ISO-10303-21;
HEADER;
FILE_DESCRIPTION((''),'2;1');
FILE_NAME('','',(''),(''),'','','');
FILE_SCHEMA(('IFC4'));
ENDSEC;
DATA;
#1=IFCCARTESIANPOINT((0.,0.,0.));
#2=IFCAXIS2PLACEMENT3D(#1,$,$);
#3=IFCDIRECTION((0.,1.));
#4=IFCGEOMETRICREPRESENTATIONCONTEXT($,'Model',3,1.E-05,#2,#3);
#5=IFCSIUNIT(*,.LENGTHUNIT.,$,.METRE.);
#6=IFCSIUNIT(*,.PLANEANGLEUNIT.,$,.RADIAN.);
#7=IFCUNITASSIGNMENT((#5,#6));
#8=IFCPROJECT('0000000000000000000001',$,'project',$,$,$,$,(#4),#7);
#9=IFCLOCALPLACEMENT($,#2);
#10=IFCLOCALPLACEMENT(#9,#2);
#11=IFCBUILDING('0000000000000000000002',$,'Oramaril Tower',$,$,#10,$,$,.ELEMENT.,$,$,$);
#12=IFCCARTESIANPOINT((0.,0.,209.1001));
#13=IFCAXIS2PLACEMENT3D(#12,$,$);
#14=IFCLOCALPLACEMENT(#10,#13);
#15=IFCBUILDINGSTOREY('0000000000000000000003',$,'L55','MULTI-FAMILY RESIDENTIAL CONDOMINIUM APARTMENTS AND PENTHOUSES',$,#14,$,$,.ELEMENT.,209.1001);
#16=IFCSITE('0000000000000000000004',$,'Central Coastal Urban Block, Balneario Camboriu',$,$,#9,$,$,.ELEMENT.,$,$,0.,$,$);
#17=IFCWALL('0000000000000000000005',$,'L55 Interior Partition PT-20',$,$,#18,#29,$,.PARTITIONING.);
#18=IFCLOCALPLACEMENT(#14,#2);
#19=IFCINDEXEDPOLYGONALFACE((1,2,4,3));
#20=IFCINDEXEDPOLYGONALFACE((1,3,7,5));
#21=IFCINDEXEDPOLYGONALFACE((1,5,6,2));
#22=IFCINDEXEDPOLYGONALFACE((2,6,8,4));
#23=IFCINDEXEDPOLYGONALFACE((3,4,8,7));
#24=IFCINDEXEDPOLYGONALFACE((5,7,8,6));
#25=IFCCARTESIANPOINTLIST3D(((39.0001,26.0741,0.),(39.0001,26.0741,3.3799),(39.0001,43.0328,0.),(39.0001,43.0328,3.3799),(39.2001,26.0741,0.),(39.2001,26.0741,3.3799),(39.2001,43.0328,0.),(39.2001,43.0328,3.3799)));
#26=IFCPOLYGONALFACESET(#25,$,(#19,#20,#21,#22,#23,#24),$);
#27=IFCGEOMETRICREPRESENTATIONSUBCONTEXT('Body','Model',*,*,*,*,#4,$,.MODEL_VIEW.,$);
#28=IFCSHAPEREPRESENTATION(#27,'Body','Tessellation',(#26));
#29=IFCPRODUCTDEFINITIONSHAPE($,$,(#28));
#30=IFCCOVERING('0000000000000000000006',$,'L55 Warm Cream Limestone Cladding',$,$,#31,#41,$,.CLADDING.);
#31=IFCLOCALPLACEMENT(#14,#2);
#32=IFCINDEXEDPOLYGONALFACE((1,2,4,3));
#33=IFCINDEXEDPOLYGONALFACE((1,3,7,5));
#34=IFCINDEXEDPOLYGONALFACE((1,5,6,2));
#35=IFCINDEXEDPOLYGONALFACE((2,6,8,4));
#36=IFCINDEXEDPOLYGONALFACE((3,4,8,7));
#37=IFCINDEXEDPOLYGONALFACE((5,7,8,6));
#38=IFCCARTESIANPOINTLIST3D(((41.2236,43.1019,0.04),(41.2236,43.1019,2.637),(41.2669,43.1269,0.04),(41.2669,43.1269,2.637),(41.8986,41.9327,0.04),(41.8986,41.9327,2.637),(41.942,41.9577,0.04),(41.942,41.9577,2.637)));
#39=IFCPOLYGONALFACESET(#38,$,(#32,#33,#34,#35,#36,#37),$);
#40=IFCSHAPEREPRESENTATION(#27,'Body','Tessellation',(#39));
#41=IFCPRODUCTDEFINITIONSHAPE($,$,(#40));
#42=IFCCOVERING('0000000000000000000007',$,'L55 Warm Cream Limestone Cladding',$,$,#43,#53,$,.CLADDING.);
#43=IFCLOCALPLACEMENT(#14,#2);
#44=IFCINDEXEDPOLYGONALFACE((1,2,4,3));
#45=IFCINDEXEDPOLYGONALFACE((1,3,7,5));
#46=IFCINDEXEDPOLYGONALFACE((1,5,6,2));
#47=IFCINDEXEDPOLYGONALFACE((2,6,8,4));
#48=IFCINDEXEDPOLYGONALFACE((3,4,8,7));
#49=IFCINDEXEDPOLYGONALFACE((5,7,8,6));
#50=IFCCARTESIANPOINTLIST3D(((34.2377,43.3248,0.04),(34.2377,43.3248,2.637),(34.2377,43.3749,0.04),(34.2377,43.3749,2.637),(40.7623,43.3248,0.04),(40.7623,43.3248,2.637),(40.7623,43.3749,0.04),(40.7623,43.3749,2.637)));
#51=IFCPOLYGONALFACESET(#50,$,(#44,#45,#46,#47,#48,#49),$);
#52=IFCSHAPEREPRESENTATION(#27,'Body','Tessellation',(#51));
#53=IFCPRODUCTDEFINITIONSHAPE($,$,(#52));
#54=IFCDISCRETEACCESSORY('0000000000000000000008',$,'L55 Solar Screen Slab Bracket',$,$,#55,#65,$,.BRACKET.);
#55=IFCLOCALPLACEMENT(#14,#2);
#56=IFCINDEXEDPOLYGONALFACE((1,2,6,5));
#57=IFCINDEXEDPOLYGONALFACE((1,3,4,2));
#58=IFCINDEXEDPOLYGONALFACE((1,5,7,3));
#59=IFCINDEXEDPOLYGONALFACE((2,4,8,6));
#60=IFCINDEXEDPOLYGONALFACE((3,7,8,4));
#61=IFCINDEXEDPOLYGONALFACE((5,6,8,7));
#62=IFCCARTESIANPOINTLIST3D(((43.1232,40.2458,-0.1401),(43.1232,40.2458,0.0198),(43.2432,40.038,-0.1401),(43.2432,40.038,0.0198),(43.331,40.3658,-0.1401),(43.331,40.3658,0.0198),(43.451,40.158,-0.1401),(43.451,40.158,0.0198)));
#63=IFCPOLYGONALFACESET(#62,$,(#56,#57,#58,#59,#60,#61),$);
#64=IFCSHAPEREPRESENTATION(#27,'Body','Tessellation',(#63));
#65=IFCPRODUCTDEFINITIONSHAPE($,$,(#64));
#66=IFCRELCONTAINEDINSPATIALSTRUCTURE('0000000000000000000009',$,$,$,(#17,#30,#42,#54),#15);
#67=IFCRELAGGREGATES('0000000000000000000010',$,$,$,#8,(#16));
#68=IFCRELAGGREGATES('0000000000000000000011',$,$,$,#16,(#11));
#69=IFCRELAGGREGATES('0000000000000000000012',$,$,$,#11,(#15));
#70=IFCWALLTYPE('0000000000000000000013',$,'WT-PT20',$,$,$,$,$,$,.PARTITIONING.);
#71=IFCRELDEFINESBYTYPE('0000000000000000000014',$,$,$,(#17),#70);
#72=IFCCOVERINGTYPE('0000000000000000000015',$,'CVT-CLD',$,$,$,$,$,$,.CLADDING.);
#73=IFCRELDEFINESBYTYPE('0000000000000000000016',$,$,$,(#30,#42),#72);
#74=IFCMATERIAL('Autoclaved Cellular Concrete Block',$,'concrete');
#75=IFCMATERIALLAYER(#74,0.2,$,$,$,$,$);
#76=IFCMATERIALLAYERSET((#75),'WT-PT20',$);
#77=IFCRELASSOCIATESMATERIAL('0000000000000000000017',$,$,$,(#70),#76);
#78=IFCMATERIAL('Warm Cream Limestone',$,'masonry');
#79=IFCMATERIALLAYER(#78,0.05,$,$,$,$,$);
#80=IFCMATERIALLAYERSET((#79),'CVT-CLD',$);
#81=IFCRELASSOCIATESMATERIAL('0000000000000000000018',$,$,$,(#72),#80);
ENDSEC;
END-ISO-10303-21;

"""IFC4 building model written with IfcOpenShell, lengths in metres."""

from ifc_helpers import new_model, si_unit, direction, frame, frame_2d, origin, origin_2d, place, context, subcontext, project, spatial, rectangle, extrude, material, layer, layer_set, type_object, element, save


model = new_model("IFC4")

# Units and contexts
model_context = context("Model", 3, precision=1e-05, world=origin(), true_north=direction((0.0, 1.0)))
body_context = subcontext(model_context, "Body", "Model", "MODEL_VIEW")
ifc_project = project(units=[si_unit("LENGTHUNIT", "METRE"), si_unit("PLANEANGLEUNIT", "RADIAN")], contexts=[model_context])

# Site, building, storey
site_placement = place(None, origin())
site = spatial("IfcSite", under=ifc_project, at=site_placement, Name="Central Coastal Urban Block, Balneario Camboriu", CompositionType="ELEMENT", RefElevation=0.0)
building_placement = place(site_placement, origin())
building = spatial("IfcBuilding", under=site, at=building_placement, Name="Oramaril Tower", CompositionType="ELEMENT")
storey_placement = place(building_placement, frame((0.0, 0.0, 209.1001)))
storey = spatial("IfcBuildingStorey", under=building, at=storey_placement, Name="L55", Description="MULTI-FAMILY RESIDENTIAL CONDOMINIUM APARTMENTS AND PENTHOUSES", CompositionType="ELEMENT", Elevation=209.1001)

# Wall
ifc_material_1 = material(Name="Autoclaved Cellular Concrete Block", Category="concrete")
ifc_layer_1 = layer(ifc_material_1, 0.2)
ifc_layer_set_1 = layer_set([ifc_layer_1], Name="WT-PT20")
wall_type_1 = type_object("IfcWallType", Name="WT-PT20", PredefinedType="PARTITIONING", material=ifc_layer_set_1)
wall_1_placement = place(storey_placement, frame((39.1001, 26.074, 0.0), z_axis=(0.0, 0.0, 1.0), x_axis=(0.0, 1.0, 0.0)))
element("IfcWall", 1, at=wall_1_placement, inside=storey, type_object=wall_type_1, Name="L55 Interior Partition PT-20", PredefinedType="PARTITIONING", context=body_context, shape_type="SweptSolid", body=[
    extrude(rectangle(XDim=16.9587, YDim=0.2, at=frame_2d((8.4795, 0.0))), origin(), (0.0, 0.0, 1.0), 3.3799),
])

# Coverings
ifc_material_2 = material(Name="Warm Cream Limestone", Category="masonry")
ifc_layer_2 = layer(ifc_material_2, 0.05)
ifc_layer_set_2 = layer_set([ifc_layer_2], Name="CVT-CLD")
covering_type = type_object("IfcCoveringType", Name="CVT-CLD", PredefinedType="CLADDING", material=ifc_layer_set_2)
covering_1_placement = place(storey_placement, frame((41.5828, 42.5298, 0.04), z_axis=(0.0, 0.0, 1.0), x_axis=(-0.500002, 0.866025, 0.0)))
element("IfcCovering", 2, at=covering_1_placement, inside=storey, type_object=covering_type, Name="L55 Warm Cream Limestone Cladding", PredefinedType="CLADDING", context=body_context, shape_type="SweptSolid", body=[
    extrude(rectangle(XDim=1.3501, YDim=0.05, at=origin_2d()), origin(), (0.0, 0.0, 1.0), 2.5969),
])
covering_2_placement = place(storey_placement, frame((37.5, 43.3499, 0.04), z_axis=(0.0, 0.0, 1.0), x_axis=(-1.0, 0.0, 0.0)))
element("IfcCovering", 3, at=covering_2_placement, inside=storey, type_object=covering_type, Name="L55 Warm Cream Limestone Cladding", PredefinedType="CLADDING", context=body_context, shape_type="SweptSolid", body=[
    extrude(rectangle(XDim=6.5247, YDim=0.05, at=origin_2d()), origin(), (0.0, 0.0, 1.0), 2.5969),
])

# Discrete accessory
discrete_accessory_placement = place(storey_placement, frame((43.2871, 40.2019, -0.1401), z_axis=(0.0, 0.0, 1.0), x_axis=(-0.500002, 0.866025, 0.0)))
element("IfcDiscreteAccessory", 4, at=discrete_accessory_placement, inside=storey, Name="L55 Solar Screen Slab Bracket", PredefinedType="BRACKET", context=body_context, shape_type="SweptSolid", body=[
    extrude(rectangle(XDim=0.24, YDim=0.24, at=origin_2d()), origin(), (0.0, 0.0, 1.0), 0.1599),
])

save(model, "model.ifc")
